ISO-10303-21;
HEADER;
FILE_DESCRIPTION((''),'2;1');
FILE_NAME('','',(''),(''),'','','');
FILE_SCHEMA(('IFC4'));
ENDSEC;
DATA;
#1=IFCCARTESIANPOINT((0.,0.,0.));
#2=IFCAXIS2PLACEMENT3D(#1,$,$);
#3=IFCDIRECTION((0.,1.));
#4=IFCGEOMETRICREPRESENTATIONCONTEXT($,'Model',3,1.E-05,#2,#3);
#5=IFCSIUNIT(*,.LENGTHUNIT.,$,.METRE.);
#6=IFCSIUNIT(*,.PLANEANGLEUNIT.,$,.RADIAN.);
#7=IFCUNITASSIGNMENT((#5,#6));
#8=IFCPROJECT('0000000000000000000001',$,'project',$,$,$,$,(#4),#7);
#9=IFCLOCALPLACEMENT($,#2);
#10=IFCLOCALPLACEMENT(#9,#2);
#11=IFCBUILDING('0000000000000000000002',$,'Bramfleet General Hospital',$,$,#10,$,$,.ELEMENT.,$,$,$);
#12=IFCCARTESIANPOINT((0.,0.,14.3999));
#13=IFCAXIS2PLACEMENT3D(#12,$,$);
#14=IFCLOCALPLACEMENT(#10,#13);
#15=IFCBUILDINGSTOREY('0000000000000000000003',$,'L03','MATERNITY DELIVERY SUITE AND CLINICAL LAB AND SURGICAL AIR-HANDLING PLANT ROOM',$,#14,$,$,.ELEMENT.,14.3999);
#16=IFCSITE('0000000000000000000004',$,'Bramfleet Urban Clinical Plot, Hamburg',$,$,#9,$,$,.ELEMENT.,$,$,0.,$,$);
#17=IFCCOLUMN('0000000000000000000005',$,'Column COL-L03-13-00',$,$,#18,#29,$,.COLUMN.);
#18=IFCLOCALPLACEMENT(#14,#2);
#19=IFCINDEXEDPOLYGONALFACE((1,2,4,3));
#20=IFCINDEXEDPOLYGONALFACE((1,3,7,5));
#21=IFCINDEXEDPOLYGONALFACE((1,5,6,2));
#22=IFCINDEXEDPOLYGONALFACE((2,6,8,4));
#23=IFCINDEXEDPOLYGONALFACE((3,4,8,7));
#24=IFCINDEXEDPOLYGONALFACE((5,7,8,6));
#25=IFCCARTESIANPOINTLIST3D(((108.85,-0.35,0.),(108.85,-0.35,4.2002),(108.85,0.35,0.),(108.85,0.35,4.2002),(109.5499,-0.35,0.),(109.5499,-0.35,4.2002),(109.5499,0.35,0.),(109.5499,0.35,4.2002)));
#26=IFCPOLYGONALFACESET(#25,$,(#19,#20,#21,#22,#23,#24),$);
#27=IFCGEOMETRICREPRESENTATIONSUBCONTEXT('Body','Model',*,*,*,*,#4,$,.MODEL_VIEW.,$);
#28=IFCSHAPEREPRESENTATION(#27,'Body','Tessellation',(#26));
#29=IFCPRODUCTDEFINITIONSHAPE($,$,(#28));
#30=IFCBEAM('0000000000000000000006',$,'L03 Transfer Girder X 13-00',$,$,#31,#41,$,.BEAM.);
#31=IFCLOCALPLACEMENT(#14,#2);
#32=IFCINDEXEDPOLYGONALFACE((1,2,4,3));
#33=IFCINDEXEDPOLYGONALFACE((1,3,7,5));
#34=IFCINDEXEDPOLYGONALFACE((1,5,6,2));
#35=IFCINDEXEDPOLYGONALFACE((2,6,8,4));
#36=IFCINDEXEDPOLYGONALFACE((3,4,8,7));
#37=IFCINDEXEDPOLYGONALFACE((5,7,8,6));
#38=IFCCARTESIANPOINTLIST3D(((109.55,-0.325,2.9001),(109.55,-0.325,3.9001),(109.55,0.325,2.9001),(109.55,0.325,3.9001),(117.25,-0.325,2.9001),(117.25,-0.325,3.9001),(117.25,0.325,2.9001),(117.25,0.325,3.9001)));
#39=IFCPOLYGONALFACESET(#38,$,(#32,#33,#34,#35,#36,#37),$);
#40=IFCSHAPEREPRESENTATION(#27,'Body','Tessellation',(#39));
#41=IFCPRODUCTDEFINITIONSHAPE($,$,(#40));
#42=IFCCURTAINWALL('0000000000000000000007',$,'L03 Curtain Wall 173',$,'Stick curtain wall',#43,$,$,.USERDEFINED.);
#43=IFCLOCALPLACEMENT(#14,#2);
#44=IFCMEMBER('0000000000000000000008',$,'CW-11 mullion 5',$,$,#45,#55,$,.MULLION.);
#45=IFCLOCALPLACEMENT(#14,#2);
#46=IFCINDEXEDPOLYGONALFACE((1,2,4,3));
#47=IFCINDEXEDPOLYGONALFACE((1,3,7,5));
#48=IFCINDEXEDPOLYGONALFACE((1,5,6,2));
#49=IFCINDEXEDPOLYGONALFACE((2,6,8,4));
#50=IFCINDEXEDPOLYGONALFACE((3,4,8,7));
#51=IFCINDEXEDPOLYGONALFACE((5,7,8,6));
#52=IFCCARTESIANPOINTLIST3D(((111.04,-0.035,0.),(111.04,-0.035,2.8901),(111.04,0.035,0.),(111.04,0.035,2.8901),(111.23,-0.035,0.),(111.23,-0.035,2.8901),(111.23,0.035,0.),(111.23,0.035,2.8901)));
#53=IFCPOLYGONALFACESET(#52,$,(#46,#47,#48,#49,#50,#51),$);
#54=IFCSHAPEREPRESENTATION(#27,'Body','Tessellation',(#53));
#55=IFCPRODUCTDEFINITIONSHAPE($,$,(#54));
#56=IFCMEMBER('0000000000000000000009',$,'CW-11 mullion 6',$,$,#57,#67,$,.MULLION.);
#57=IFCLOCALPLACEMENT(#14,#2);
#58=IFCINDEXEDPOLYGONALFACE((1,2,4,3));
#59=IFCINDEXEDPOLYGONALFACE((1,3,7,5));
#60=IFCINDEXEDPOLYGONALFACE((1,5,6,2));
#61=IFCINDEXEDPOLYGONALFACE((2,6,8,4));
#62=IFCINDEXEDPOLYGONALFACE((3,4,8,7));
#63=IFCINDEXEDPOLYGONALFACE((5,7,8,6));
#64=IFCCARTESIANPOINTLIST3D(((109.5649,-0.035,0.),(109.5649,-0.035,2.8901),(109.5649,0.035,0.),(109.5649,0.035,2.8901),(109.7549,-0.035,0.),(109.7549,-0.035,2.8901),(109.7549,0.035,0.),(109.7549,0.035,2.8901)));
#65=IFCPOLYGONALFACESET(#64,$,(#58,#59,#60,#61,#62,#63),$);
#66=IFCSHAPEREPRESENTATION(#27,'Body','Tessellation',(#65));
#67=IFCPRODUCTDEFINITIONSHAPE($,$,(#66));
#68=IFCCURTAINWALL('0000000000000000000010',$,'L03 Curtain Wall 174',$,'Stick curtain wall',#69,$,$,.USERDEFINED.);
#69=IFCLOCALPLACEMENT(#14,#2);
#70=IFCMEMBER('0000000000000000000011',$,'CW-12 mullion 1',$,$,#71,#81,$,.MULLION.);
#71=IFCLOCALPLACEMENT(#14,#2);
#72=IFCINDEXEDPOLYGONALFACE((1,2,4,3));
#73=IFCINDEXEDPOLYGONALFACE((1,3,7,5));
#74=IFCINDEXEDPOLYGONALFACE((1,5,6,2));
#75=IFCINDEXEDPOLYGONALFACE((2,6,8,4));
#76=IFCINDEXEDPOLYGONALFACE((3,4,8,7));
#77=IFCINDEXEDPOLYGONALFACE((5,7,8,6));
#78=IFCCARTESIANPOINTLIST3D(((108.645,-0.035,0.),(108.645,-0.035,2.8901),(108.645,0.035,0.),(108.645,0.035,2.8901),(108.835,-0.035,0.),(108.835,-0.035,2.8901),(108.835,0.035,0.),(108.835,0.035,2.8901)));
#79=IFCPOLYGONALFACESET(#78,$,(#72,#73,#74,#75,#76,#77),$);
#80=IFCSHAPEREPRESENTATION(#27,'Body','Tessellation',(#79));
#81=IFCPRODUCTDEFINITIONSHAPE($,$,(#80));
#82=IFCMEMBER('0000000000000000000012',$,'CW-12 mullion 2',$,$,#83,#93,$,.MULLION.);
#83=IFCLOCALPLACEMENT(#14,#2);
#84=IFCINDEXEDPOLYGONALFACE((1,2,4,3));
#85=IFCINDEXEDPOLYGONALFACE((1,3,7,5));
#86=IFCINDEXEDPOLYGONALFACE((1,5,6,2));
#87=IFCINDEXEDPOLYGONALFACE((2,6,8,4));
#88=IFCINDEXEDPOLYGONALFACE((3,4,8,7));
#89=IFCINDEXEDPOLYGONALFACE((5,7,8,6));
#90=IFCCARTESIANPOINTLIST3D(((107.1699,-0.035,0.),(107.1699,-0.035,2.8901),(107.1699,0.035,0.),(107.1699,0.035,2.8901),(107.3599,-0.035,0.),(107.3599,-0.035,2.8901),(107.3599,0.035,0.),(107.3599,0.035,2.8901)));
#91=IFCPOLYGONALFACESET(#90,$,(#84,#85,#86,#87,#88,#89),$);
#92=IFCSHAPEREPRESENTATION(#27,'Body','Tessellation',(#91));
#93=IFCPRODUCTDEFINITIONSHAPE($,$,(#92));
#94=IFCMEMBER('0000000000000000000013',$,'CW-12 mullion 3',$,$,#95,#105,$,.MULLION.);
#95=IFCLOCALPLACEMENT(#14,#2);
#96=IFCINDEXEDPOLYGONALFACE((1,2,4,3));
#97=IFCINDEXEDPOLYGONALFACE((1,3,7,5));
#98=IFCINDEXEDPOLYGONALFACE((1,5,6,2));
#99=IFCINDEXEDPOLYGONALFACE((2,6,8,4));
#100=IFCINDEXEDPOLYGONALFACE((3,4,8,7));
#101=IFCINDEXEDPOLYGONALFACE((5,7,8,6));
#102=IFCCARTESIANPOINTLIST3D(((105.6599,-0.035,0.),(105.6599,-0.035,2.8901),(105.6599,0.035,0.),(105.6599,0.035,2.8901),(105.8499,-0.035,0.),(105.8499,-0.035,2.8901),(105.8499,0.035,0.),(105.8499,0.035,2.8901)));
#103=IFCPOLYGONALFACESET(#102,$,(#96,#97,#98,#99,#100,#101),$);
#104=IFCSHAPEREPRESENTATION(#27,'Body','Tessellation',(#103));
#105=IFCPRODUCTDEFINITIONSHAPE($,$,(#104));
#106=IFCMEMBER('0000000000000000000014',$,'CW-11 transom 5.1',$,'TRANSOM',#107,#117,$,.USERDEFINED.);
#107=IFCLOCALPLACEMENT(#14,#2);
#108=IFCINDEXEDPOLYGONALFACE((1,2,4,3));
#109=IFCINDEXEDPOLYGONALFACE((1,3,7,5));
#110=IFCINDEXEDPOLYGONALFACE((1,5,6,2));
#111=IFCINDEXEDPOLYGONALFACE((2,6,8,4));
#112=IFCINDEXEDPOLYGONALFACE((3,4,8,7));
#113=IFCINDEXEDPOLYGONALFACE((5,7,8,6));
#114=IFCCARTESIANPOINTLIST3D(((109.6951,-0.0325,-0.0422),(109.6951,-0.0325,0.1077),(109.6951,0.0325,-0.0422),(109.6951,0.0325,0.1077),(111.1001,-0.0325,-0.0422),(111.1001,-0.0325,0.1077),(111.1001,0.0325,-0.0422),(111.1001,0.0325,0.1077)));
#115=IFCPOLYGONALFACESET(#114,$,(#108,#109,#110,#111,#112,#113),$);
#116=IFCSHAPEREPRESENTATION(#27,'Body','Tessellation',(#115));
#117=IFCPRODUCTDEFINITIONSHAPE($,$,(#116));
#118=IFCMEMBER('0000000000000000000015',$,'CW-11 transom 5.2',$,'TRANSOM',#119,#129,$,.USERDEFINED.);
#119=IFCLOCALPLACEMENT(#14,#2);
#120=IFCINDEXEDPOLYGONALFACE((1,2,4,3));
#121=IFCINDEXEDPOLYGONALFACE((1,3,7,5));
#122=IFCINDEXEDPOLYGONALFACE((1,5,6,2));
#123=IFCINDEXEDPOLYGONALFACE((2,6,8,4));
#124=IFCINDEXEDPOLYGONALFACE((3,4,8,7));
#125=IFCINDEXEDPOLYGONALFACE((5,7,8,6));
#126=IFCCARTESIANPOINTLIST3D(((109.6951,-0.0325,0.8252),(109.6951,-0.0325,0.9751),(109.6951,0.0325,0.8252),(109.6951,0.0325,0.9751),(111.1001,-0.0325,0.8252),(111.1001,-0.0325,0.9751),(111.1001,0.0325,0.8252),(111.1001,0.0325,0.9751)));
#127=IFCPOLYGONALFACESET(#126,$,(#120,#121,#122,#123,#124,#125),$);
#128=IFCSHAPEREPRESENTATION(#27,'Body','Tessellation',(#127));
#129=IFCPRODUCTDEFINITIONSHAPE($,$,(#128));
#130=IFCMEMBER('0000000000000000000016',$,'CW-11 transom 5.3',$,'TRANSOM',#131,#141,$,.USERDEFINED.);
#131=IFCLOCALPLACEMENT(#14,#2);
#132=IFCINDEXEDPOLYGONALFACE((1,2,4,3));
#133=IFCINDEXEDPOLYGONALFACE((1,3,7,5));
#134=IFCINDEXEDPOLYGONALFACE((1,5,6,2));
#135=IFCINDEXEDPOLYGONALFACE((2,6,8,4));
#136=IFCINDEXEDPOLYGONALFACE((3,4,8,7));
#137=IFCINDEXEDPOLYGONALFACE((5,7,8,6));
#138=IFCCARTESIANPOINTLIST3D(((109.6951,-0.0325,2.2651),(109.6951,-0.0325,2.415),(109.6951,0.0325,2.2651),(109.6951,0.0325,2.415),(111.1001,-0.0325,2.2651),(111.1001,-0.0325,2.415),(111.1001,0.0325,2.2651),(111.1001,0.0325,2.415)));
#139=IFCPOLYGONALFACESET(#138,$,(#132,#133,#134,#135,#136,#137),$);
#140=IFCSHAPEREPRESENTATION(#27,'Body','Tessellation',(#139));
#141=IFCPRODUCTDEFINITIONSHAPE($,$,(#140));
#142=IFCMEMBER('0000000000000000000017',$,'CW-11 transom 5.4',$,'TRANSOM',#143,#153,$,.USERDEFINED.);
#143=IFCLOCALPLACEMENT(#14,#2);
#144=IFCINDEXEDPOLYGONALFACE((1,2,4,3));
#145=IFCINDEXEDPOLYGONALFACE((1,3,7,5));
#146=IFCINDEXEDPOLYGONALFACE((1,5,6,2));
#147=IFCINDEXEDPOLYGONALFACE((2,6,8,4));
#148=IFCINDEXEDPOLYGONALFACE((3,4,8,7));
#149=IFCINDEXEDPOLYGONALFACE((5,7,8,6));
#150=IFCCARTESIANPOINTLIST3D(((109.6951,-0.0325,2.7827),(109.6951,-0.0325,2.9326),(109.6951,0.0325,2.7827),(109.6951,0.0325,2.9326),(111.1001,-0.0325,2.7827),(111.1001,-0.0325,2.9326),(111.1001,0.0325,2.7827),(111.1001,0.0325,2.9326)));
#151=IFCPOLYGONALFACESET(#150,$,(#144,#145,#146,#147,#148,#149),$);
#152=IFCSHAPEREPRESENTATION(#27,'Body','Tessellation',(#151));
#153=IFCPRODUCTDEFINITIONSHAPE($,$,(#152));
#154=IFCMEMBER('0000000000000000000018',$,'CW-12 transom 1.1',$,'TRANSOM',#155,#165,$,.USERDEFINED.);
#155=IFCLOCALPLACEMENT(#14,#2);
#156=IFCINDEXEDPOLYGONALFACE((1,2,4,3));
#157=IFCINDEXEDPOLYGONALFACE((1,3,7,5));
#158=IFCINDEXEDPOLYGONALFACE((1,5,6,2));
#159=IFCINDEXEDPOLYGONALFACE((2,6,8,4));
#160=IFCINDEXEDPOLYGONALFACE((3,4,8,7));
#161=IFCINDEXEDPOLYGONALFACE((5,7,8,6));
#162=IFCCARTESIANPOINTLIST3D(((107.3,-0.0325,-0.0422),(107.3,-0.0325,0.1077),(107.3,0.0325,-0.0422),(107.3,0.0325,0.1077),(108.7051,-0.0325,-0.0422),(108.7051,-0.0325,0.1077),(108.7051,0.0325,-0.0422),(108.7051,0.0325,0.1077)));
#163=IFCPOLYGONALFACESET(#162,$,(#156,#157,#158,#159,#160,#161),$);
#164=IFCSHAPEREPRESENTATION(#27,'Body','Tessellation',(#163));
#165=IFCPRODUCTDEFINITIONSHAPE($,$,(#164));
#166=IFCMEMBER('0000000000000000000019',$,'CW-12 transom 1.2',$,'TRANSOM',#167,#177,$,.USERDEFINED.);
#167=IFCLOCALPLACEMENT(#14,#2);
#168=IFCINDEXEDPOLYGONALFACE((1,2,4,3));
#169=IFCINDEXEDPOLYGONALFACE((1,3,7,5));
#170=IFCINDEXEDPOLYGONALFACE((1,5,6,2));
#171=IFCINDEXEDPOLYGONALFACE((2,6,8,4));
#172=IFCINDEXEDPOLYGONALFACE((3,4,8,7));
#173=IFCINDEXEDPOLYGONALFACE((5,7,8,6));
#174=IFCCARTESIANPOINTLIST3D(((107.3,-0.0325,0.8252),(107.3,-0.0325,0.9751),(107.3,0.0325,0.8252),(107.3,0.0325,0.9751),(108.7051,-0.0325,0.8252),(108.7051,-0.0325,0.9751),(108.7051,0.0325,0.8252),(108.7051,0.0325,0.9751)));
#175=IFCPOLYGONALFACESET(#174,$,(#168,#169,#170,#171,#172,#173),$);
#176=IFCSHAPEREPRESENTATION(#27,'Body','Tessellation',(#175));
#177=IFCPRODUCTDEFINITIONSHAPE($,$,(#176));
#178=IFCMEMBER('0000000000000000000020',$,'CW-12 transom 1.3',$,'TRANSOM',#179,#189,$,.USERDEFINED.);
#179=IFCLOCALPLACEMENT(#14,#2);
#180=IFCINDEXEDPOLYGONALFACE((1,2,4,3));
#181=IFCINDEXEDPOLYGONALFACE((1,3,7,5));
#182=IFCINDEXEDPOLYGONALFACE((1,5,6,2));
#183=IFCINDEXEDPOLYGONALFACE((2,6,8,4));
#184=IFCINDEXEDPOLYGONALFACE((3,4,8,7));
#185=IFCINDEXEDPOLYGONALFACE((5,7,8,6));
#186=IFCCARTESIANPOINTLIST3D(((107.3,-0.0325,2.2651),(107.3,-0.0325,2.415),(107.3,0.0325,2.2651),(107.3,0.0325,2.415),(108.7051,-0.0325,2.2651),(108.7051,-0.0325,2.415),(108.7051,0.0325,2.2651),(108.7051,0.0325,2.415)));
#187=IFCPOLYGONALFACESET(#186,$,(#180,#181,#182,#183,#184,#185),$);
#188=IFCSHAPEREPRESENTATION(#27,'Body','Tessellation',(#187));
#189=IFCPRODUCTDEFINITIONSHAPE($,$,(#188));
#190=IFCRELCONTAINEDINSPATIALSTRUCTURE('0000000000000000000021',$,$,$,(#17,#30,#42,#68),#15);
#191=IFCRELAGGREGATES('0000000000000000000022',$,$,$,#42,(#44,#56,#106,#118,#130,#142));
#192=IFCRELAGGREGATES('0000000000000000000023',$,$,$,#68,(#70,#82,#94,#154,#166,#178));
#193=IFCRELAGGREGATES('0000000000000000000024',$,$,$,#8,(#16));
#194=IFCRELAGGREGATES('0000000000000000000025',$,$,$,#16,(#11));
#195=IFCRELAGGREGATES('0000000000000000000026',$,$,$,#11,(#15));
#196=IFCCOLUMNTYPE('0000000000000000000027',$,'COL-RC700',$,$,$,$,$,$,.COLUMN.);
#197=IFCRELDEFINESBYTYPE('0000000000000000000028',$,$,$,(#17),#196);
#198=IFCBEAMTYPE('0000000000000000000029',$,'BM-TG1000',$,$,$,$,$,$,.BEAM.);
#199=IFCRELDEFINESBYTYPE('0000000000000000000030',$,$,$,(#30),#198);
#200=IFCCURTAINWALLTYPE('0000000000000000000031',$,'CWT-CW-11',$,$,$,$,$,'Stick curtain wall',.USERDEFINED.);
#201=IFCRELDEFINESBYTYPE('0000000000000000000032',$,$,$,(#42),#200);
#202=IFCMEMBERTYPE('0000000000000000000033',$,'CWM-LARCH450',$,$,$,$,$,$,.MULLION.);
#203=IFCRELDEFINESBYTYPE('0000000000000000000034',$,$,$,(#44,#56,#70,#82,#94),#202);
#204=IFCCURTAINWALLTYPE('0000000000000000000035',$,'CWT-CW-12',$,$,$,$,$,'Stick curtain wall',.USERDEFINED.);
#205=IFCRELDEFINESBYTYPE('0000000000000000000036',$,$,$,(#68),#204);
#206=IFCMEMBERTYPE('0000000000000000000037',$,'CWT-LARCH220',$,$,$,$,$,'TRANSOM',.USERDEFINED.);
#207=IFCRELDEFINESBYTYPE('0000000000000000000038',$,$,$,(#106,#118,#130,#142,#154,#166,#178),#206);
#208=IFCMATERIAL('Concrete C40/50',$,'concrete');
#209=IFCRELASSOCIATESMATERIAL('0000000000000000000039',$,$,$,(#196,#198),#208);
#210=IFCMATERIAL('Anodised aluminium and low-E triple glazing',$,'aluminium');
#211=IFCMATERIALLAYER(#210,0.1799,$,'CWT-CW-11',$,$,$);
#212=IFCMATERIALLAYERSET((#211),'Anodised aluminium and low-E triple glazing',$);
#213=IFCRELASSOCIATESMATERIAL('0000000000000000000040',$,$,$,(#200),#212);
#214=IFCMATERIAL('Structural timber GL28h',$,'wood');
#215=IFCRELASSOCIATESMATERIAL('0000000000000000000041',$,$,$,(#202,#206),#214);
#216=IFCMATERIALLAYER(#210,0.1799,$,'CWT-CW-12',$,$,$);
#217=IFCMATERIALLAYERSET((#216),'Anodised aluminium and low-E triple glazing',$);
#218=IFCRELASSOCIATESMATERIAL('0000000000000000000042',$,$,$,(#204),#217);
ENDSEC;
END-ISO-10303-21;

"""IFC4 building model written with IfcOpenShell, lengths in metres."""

from ifc_helpers import new_model, si_unit, direction, frame, origin, origin_2d, place, context, subcontext, project, spatial, rectangle, extrude, material, layer, layer_set, material_profile, profile_set, type_object, element, aggregate, save


model = new_model("IFC4")

# Units and contexts
model_context = context("Model", 3, precision=1e-05, world=origin(), true_north=direction((0.0, 1.0)))
body_context = subcontext(model_context, "Body", "Model", "MODEL_VIEW")
ifc_project = project(units=[si_unit("LENGTHUNIT", "METRE"), si_unit("PLANEANGLEUNIT", "RADIAN")], contexts=[model_context])

# Site, building, storey
site_placement = place(None, origin())
site = spatial("IfcSite", under=ifc_project, at=site_placement, Name="Bramfleet Urban Clinical Plot, Hamburg", CompositionType="ELEMENT", RefElevation=0.0)
building_placement = place(site_placement, origin())
building = spatial("IfcBuilding", under=site, at=building_placement, Name="Bramfleet General Hospital", CompositionType="ELEMENT")
storey_placement = place(building_placement, frame((0.0, 0.0, 14.3999)))
storey = spatial("IfcBuildingStorey", under=building, at=storey_placement, Name="L03", Description="MATERNITY DELIVERY SUITE AND CLINICAL LAB AND SURGICAL AIR-HANDLING PLANT ROOM", CompositionType="ELEMENT", Elevation=14.3999)

# Column
ifc_material_1 = material(Name="Concrete C40/50", Category="concrete")
ifc_material_profile_1 = material_profile(ifc_material_1, rectangle(XDim=0.7, YDim=0.7, at=origin_2d()), Name="RC COL 700x700")
ifc_profile_set_1 = profile_set([ifc_material_profile_1], Name="Concrete C40/50")
column_type = type_object("IfcColumnType", Name="COL-RC700", PredefinedType="COLUMN", material=ifc_profile_set_1)
column_placement = place(storey_placement, frame((109.2, 0.0, 0.0), z_axis=(0.0, 0.0, 1.0), x_axis=(1.0, 0.0, 0.0)))
element("IfcColumn", 1, at=column_placement, inside=storey, type_object=column_type, Name="Column COL-L03-13-00", PredefinedType="COLUMN", context=body_context, shape_type="SweptSolid", body=[
    extrude(rectangle(XDim=0.7, YDim=0.7, at=origin_2d()), origin(), (0.0, 0.0, 1.0), 4.2002),
])

# Beam
ifc_material_profile_2 = material_profile(ifc_material_1, rectangle(XDim=0.6499, YDim=1.0, at=origin_2d()), Name="RC TG 1000x650")
ifc_profile_set_2 = profile_set([ifc_material_profile_2], Name="Concrete C40/50")
beam_type = type_object("IfcBeamType", Name="BM-TG1000", PredefinedType="BEAM", material=ifc_profile_set_2)
beam_placement = place(storey_placement, frame((109.55, 0.0, 3.4001), z_axis=(1.0, 0.0, 0.0), x_axis=(0.0, 1.0, 0.0)))
element("IfcBeam", 2, at=beam_placement, inside=storey, type_object=beam_type, Name="L03 Transfer Girder X 13-00", PredefinedType="BEAM", context=body_context, shape_type="SweptSolid", body=[
    extrude(rectangle(XDim=0.6499, YDim=1.0, at=origin_2d()), origin(), (0.0, 0.0, 1.0), 7.7),
])

# Curtain walls, members
ifc_material_2 = material(Name="Anodised aluminium and low-E triple glazing", Category="aluminium")
ifc_layer_1 = layer(ifc_material_2, 0.1799, Name="CWT-CW-11")
ifc_layer_set_1 = layer_set([ifc_layer_1], Name="Anodised aluminium and low-E triple glazing")
curtain_wall_type_1 = type_object("IfcCurtainWallType", Name="CWT-CW-11", ElementType="Stick curtain wall", PredefinedType="USERDEFINED", material=ifc_layer_set_1)
curtain_wall_1_placement = place(storey_placement, origin())
curtain_wall_1 = element("IfcCurtainWall", 3, at=curtain_wall_1_placement, inside=storey, type_object=curtain_wall_type_1, Name="L03 Curtain Wall 173", ObjectType="Stick curtain wall", PredefinedType="USERDEFINED")
ifc_material_3 = material(Name="Structural timber GL28h", Category="wood")
ifc_material_profile_3 = material_profile(ifc_material_3, rectangle(XDim=0.0701, YDim=0.1899, at=origin_2d()), Name="LARCH 190x70")
ifc_profile_set_3 = profile_set([ifc_material_profile_3], Name="Structural timber GL28h")
member_type_1 = type_object("IfcMemberType", Name="CWM-LARCH450", PredefinedType="MULLION", material=ifc_profile_set_3)
member_1_placement = place(storey_placement, frame((111.135, 0.0, 0.0), z_axis=(0.0, 0.0, 1.0), x_axis=(0.0, -1.0, 0.0)))
member_1 = element("IfcMember", 4, at=member_1_placement, type_object=member_type_1, Name="CW-11 mullion 5", PredefinedType="MULLION", context=body_context, shape_type="SweptSolid", body=[
    extrude(rectangle(XDim=0.0701, YDim=0.1899, at=origin_2d()), origin(), (0.0, 0.0, 1.0), 2.8901),
])
member_2_placement = place(storey_placement, frame((109.6599, 0.0, 0.0), z_axis=(0.0, 0.0, 1.0), x_axis=(0.0, -1.0, 0.0)))
member_2 = element("IfcMember", 5, at=member_2_placement, type_object=member_type_1, Name="CW-11 mullion 6", PredefinedType="MULLION", context=body_context, shape_type="SweptSolid", body=[
    extrude(rectangle(XDim=0.0701, YDim=0.1899, at=origin_2d()), origin(), (0.0, 0.0, 1.0), 2.8901),
])
ifc_layer_2 = layer(ifc_material_2, 0.1799, Name="CWT-CW-12")
ifc_layer_set_2 = layer_set([ifc_layer_2], Name="Anodised aluminium and low-E triple glazing")
curtain_wall_type_2 = type_object("IfcCurtainWallType", Name="CWT-CW-12", ElementType="Stick curtain wall", PredefinedType="USERDEFINED", material=ifc_layer_set_2)
curtain_wall_2_placement = place(storey_placement, origin())
curtain_wall_2 = element("IfcCurtainWall", 6, at=curtain_wall_2_placement, inside=storey, type_object=curtain_wall_type_2, Name="L03 Curtain Wall 174", ObjectType="Stick curtain wall", PredefinedType="USERDEFINED")
member_3_placement = place(storey_placement, frame((108.74, 0.0, 0.0), z_axis=(0.0, 0.0, 1.0), x_axis=(0.0, -1.0, 0.0)))
member_3 = element("IfcMember", 7, at=member_3_placement, type_object=member_type_1, Name="CW-12 mullion 1", PredefinedType="MULLION", context=body_context, shape_type="SweptSolid", body=[
    extrude(rectangle(XDim=0.0701, YDim=0.1899, at=origin_2d()), origin(), (0.0, 0.0, 1.0), 2.8901),
])
member_4_placement = place(storey_placement, frame((107.2649, 0.0, 0.0), z_axis=(0.0, 0.0, 1.0), x_axis=(0.0, -1.0, 0.0)))
member_4 = element("IfcMember", 8, at=member_4_placement, type_object=member_type_1, Name="CW-12 mullion 2", PredefinedType="MULLION", context=body_context, shape_type="SweptSolid", body=[
    extrude(rectangle(XDim=0.0701, YDim=0.1899, at=origin_2d()), origin(), (0.0, 0.0, 1.0), 2.8901),
])
member_5_placement = place(storey_placement, frame((105.7549, 0.0, 0.0), z_axis=(0.0, 0.0, 1.0), x_axis=(0.0, -1.0, 0.0)))
member_5 = element("IfcMember", 9, at=member_5_placement, type_object=member_type_1, Name="CW-12 mullion 3", PredefinedType="MULLION", context=body_context, shape_type="SweptSolid", body=[
    extrude(rectangle(XDim=0.0701, YDim=0.1899, at=origin_2d()), origin(), (0.0, 0.0, 1.0), 2.8901),
])

# Members
ifc_material_profile_4 = material_profile(ifc_material_3, rectangle(XDim=0.0649, YDim=0.1499, at=origin_2d()), Name="LARCH 150x65")
ifc_profile_set_4 = profile_set([ifc_material_profile_4], Name="Structural timber GL28h")
member_type_2 = type_object("IfcMemberType", Name="CWT-LARCH220", ElementType="TRANSOM", PredefinedType="USERDEFINED", material=ifc_profile_set_4)
member_6_placement = place(storey_placement, frame((111.1001, 0.0, 0.0327), z_axis=(-1.0, 0.0, 0.0), x_axis=(0.0, -1.0, 0.0)))
member_6 = element("IfcMember", 10, at=member_6_placement, type_object=member_type_2, Name="CW-11 transom 5.1", ObjectType="TRANSOM", PredefinedType="USERDEFINED", context=body_context, shape_type="SweptSolid", body=[
    extrude(rectangle(XDim=0.0649, YDim=0.1499, at=origin_2d()), origin(), (0.0, 0.0, 1.0), 1.405),
])
member_7_placement = place(storey_placement, frame((111.1001, 0.0, 0.9001), z_axis=(-1.0, 0.0, 0.0), x_axis=(0.0, -1.0, 0.0)))
member_7 = element("IfcMember", 11, at=member_7_placement, type_object=member_type_2, Name="CW-11 transom 5.2", ObjectType="TRANSOM", PredefinedType="USERDEFINED", context=body_context, shape_type="SweptSolid", body=[
    extrude(rectangle(XDim=0.0649, YDim=0.1499, at=origin_2d()), origin(), (0.0, 0.0, 1.0), 1.405),
])
member_8_placement = place(storey_placement, frame((111.1001, 0.0, 2.3401), z_axis=(-1.0, 0.0, 0.0), x_axis=(0.0, -1.0, 0.0)))
member_8 = element("IfcMember", 12, at=member_8_placement, type_object=member_type_2, Name="CW-11 transom 5.3", ObjectType="TRANSOM", PredefinedType="USERDEFINED", context=body_context, shape_type="SweptSolid", body=[
    extrude(rectangle(XDim=0.0649, YDim=0.1499, at=origin_2d()), origin(), (0.0, 0.0, 1.0), 1.405),
])
member_9_placement = place(storey_placement, frame((111.1001, 0.0, 2.8577), z_axis=(-1.0, 0.0, 0.0), x_axis=(0.0, -1.0, 0.0)))
member_9 = element("IfcMember", 13, at=member_9_placement, type_object=member_type_2, Name="CW-11 transom 5.4", ObjectType="TRANSOM", PredefinedType="USERDEFINED", context=body_context, shape_type="SweptSolid", body=[
    extrude(rectangle(XDim=0.0649, YDim=0.1499, at=origin_2d()), origin(), (0.0, 0.0, 1.0), 1.405),
])
member_10_placement = place(storey_placement, frame((108.7051, 0.0, 0.0327), z_axis=(-1.0, 0.0, 0.0), x_axis=(0.0, -1.0, 0.0)))
member_10 = element("IfcMember", 14, at=member_10_placement, type_object=member_type_2, Name="CW-12 transom 1.1", ObjectType="TRANSOM", PredefinedType="USERDEFINED", context=body_context, shape_type="SweptSolid", body=[
    extrude(rectangle(XDim=0.0649, YDim=0.1499, at=origin_2d()), origin(), (0.0, 0.0, 1.0), 1.405),
])
member_11_placement = place(storey_placement, frame((108.7051, 0.0, 0.9001), z_axis=(-1.0, 0.0, 0.0), x_axis=(0.0, -1.0, 0.0)))
member_11 = element("IfcMember", 15, at=member_11_placement, type_object=member_type_2, Name="CW-12 transom 1.2", ObjectType="TRANSOM", PredefinedType="USERDEFINED", context=body_context, shape_type="SweptSolid", body=[
    extrude(rectangle(XDim=0.0649, YDim=0.1499, at=origin_2d()), origin(), (0.0, 0.0, 1.0), 1.405),
])
member_12_placement = place(storey_placement, frame((108.7051, 0.0, 2.3401), z_axis=(-1.0, 0.0, 0.0), x_axis=(0.0, -1.0, 0.0)))
member_12 = element("IfcMember", 16, at=member_12_placement, type_object=member_type_2, Name="CW-12 transom 1.3", ObjectType="TRANSOM", PredefinedType="USERDEFINED", context=body_context, shape_type="SweptSolid", body=[
    extrude(rectangle(XDim=0.0649, YDim=0.1499, at=origin_2d()), origin(), (0.0, 0.0, 1.0), 1.405),
])

aggregate(curtain_wall_1, [member_1, member_2, member_6, member_7, member_8, member_9])
aggregate(curtain_wall_2, [member_3, member_4, member_5, member_10, member_11, member_12])

save(model, "model.ifc")
